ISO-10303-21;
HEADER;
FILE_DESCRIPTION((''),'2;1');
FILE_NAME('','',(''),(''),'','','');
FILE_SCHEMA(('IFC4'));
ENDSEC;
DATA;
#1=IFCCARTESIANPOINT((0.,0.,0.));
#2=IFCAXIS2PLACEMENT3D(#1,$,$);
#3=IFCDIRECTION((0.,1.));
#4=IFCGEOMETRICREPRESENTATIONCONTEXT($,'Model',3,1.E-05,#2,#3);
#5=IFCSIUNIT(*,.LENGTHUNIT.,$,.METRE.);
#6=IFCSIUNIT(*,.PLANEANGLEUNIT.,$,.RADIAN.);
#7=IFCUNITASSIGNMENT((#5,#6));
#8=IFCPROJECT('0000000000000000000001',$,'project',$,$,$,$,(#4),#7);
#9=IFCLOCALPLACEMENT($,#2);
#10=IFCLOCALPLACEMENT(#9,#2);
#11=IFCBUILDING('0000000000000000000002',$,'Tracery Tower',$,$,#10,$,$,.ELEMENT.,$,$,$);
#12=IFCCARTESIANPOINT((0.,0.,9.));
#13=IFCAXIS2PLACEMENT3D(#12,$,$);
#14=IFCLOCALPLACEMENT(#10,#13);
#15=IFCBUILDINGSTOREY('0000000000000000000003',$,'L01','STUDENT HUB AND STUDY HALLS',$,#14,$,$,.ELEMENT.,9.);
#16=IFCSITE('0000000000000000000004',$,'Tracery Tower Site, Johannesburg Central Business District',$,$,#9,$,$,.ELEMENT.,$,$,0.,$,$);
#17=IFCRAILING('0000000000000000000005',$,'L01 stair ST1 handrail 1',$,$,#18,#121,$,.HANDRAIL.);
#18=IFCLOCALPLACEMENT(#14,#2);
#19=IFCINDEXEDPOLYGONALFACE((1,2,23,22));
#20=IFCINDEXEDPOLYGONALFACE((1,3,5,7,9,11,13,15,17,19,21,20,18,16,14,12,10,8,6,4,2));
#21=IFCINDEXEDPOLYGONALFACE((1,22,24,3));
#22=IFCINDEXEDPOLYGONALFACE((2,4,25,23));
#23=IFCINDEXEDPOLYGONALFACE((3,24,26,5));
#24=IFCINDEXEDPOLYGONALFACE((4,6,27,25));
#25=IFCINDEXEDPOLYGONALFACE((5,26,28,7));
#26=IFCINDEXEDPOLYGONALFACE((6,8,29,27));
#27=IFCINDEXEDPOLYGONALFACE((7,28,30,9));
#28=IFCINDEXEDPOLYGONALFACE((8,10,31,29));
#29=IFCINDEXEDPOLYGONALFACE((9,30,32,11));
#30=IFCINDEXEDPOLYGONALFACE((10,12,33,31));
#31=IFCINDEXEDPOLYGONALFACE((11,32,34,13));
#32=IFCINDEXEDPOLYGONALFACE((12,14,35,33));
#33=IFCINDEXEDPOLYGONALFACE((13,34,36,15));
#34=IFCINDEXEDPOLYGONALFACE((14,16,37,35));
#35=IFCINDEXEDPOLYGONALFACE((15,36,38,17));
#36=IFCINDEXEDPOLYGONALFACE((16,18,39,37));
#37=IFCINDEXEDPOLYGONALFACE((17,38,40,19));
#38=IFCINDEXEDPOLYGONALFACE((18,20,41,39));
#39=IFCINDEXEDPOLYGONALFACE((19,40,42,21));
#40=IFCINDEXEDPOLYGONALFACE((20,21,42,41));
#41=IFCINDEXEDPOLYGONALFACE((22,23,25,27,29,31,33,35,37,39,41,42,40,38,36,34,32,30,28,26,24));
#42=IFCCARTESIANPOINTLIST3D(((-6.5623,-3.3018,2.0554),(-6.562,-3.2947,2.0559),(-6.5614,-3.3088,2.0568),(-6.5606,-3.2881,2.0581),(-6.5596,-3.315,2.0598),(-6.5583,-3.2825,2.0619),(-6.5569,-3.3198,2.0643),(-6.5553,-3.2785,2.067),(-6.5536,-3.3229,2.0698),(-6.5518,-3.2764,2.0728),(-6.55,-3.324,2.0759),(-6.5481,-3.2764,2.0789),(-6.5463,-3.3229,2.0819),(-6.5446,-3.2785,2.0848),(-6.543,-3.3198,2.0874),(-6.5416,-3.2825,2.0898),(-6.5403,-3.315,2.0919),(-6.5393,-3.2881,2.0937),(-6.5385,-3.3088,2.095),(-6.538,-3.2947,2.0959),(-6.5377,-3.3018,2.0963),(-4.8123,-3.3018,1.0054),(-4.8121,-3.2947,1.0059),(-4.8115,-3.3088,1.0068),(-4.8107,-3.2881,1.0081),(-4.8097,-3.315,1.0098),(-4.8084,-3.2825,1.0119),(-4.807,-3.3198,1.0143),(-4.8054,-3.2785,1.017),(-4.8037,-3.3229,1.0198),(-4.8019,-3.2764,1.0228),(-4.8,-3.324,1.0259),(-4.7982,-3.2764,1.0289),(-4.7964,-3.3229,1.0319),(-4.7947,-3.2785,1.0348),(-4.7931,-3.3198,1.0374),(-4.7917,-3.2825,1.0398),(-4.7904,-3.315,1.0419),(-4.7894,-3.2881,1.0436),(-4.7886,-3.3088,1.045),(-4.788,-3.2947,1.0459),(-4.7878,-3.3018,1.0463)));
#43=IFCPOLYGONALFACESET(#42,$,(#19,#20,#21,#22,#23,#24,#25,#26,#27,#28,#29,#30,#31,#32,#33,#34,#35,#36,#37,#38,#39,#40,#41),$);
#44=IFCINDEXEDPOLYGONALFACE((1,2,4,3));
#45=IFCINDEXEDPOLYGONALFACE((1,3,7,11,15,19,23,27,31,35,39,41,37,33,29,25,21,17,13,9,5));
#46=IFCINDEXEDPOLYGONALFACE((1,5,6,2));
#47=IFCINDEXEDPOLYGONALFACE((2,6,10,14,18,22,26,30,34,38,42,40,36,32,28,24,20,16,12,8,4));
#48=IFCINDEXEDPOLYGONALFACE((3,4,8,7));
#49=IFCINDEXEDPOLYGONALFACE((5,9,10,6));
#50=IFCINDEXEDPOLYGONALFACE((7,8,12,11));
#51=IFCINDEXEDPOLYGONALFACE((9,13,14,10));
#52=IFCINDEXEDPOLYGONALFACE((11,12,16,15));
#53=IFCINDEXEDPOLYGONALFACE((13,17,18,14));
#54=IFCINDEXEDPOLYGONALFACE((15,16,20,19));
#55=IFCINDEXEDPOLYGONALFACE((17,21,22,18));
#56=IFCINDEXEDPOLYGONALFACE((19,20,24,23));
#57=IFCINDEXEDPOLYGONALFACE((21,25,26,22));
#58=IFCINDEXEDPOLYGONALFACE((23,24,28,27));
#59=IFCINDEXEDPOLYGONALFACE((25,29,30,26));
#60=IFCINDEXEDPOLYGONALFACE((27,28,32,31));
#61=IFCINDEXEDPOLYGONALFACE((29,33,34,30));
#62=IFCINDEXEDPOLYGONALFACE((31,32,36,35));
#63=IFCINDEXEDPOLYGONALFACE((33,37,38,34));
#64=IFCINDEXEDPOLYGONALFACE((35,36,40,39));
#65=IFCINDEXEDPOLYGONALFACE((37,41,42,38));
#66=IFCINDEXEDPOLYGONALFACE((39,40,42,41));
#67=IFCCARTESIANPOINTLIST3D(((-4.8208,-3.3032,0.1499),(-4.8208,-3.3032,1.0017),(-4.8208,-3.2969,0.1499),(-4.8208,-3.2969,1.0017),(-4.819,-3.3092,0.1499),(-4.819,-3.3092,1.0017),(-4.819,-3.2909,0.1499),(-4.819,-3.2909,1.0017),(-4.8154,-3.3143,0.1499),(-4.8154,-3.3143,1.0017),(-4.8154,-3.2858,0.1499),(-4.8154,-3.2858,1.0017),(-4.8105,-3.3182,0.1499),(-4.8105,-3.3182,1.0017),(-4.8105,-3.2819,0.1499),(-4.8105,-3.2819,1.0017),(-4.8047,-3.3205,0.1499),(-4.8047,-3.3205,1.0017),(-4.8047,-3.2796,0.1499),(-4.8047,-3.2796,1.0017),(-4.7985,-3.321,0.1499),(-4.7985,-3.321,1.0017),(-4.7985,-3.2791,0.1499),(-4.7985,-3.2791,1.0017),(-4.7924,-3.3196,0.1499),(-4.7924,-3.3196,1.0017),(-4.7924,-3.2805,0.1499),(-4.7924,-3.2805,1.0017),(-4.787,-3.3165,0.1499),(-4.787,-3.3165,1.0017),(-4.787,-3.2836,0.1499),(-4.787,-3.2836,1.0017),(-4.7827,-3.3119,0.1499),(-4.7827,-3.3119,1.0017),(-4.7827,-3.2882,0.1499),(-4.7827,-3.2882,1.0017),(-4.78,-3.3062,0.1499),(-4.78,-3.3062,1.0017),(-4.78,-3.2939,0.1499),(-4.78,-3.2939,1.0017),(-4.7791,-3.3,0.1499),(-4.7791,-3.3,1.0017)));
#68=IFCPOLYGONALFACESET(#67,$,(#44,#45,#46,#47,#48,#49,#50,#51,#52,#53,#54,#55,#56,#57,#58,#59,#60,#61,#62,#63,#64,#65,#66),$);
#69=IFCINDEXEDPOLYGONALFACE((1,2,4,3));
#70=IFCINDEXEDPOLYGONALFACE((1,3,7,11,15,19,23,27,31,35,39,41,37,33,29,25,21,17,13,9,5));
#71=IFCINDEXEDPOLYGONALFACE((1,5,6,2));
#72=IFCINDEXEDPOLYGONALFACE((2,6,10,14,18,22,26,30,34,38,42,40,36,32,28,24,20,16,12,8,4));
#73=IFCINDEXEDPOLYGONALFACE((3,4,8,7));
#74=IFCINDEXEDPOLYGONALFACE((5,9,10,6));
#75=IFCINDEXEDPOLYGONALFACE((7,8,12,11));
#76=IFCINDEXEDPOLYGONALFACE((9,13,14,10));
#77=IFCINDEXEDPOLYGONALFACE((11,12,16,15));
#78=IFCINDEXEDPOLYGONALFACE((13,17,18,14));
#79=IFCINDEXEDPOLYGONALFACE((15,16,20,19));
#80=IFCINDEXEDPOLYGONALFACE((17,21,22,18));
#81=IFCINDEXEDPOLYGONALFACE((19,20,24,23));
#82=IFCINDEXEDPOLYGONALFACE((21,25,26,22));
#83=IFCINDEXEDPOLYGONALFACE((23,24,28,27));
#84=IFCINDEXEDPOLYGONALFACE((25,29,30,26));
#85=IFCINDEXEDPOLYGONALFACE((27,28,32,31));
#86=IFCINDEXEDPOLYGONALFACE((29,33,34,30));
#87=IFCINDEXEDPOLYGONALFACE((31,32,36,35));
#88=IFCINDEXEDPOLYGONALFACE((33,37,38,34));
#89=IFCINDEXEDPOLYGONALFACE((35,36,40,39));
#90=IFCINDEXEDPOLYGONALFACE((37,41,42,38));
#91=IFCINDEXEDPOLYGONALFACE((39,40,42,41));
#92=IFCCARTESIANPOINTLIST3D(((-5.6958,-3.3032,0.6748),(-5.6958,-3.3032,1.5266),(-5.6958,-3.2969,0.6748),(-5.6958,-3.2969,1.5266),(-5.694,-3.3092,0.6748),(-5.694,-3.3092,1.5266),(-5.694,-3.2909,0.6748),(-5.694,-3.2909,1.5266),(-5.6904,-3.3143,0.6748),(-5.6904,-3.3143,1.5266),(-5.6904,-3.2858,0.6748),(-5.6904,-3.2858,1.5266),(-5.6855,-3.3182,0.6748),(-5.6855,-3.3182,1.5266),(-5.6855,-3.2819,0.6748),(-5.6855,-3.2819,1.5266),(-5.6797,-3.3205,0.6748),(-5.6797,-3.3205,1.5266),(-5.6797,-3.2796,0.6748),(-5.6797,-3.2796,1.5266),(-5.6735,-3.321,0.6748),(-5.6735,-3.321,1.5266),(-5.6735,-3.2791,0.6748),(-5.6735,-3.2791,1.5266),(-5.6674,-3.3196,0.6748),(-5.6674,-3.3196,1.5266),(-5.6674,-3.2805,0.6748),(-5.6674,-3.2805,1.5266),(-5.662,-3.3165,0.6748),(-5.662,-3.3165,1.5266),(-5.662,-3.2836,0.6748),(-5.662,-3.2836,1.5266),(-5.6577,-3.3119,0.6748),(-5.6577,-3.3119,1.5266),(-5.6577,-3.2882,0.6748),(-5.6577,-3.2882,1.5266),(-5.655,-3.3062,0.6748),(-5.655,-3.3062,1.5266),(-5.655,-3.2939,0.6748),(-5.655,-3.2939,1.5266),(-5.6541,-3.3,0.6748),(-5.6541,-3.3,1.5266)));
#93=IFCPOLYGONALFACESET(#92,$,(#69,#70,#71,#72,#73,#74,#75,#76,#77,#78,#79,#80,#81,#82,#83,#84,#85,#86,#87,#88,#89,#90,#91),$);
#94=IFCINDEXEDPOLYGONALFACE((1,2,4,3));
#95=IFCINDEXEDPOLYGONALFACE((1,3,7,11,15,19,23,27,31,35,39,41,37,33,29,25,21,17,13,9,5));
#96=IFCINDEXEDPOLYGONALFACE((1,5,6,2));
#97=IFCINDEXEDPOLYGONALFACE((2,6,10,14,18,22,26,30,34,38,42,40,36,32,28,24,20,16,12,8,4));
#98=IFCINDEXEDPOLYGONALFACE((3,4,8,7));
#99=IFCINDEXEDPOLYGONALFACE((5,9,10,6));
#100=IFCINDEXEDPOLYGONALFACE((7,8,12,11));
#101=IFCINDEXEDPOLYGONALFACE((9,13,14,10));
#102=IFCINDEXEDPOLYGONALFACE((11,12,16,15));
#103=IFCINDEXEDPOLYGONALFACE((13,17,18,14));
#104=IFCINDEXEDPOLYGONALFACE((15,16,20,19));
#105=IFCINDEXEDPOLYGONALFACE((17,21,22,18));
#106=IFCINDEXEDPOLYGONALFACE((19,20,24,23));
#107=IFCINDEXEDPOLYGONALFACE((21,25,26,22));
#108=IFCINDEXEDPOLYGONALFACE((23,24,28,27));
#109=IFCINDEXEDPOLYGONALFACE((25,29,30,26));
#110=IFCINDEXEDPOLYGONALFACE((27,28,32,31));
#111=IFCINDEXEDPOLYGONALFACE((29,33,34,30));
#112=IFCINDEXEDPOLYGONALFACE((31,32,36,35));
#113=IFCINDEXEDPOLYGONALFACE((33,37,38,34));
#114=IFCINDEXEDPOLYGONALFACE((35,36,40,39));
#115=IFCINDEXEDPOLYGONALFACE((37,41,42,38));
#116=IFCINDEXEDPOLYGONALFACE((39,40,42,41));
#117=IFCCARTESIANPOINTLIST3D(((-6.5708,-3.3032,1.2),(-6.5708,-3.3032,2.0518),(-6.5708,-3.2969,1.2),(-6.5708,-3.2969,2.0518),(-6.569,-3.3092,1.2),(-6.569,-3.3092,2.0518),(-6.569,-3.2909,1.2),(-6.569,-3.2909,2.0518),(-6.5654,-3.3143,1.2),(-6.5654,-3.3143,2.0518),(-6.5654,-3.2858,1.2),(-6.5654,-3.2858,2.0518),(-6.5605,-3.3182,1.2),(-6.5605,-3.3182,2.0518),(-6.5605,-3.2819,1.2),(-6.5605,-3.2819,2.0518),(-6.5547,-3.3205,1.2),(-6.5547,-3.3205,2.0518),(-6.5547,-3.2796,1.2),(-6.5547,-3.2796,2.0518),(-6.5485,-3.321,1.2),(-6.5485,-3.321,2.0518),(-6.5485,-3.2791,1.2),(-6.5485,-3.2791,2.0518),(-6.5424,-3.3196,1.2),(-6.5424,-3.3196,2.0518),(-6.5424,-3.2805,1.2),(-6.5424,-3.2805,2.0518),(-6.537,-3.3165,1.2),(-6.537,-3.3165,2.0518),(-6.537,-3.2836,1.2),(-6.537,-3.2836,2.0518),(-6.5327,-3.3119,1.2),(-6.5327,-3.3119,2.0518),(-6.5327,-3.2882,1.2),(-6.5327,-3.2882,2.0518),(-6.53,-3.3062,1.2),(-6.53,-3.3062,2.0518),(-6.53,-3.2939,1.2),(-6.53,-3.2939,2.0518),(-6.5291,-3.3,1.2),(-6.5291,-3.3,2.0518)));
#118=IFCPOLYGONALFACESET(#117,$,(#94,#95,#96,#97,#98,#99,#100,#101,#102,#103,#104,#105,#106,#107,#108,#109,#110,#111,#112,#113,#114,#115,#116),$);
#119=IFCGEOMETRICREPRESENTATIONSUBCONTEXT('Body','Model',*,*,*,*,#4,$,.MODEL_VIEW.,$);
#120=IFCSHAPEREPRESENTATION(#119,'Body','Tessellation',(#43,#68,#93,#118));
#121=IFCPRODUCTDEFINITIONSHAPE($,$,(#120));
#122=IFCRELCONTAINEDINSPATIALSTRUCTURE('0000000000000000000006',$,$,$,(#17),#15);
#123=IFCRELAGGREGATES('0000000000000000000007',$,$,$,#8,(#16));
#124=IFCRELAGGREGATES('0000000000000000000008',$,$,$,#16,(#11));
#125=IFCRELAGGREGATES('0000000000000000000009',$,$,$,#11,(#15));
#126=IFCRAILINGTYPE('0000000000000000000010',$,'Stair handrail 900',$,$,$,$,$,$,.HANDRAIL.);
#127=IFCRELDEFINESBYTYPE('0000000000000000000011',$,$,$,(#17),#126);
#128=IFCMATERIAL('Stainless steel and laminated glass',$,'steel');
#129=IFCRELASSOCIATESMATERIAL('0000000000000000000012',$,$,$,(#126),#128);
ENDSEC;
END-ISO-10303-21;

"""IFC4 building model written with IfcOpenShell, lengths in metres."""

from ifc_helpers import new_model, si_unit, direction, frame, origin, origin_2d, place, context, subcontext, project, spatial, circle, extrude, material, type_object, element, save


model = new_model("IFC4")

# Units and contexts
model_context = context("Model", 3, precision=1e-05, world=origin(), true_north=direction((0.0, 1.0)))
body_context = subcontext(model_context, "Body", "Model", "MODEL_VIEW")
ifc_project = project(units=[si_unit("LENGTHUNIT", "METRE"), si_unit("PLANEANGLEUNIT", "RADIAN")], contexts=[model_context])

# Site, building, storey
site_placement = place(None, origin())
site = spatial("IfcSite", under=ifc_project, at=site_placement, Name="Tracery Tower Site, Johannesburg Central Business District", CompositionType="ELEMENT", RefElevation=0.0)
building_placement = place(site_placement, origin())
building = spatial("IfcBuilding", under=site, at=building_placement, Name="Tracery Tower", CompositionType="ELEMENT")
storey_placement = place(building_placement, frame((0.0, 0.0, 9.0)))
storey = spatial("IfcBuildingStorey", under=building, at=storey_placement, Name="L01", Description="STUDENT HUB AND STUDY HALLS", CompositionType="ELEMENT", Elevation=9.0)

# Railing
ifc_material_1 = material(Name="Stainless steel and laminated glass", Category="steel")
railing_type_1 = type_object("IfcRailingType", Name="Stair handrail 900", PredefinedType="HANDRAIL", material=ifc_material_1)
railing_1_placement = place(storey_placement, frame((-4.8, -3.3, 0.1499)))
element("IfcRailing", 1, at=railing_1_placement, inside=storey, type_object=railing_type_1, Name="L01 stair ST1 handrail 1", PredefinedType="HANDRAIL", context=body_context, shape_type="SweptSolid", body=[
    extrude(circle(Radius=0.0239, at=origin_2d()), frame((0.0, 0.0, 0.876), z_axis=(-0.857482, 0.0, 0.514513), x_axis=(0.0, -1.0, 0.0)), (0.0, 0.0, 1.0), 2.0408),
    extrude(circle(Radius=0.021, at=origin_2d()), origin(), (0.0, 0.0, 1.0), 0.8518),
    extrude(circle(Radius=0.021, at=origin_2d()), frame((-0.875, 0.0, 0.5249)), (0.0, 0.0, 1.0), 0.8518),
    extrude(circle(Radius=0.021, at=origin_2d()), frame((-1.75, 0.0, 1.05)), (0.0, 0.0, 1.0), 0.8518),
])

save(model, "model.ifc")
